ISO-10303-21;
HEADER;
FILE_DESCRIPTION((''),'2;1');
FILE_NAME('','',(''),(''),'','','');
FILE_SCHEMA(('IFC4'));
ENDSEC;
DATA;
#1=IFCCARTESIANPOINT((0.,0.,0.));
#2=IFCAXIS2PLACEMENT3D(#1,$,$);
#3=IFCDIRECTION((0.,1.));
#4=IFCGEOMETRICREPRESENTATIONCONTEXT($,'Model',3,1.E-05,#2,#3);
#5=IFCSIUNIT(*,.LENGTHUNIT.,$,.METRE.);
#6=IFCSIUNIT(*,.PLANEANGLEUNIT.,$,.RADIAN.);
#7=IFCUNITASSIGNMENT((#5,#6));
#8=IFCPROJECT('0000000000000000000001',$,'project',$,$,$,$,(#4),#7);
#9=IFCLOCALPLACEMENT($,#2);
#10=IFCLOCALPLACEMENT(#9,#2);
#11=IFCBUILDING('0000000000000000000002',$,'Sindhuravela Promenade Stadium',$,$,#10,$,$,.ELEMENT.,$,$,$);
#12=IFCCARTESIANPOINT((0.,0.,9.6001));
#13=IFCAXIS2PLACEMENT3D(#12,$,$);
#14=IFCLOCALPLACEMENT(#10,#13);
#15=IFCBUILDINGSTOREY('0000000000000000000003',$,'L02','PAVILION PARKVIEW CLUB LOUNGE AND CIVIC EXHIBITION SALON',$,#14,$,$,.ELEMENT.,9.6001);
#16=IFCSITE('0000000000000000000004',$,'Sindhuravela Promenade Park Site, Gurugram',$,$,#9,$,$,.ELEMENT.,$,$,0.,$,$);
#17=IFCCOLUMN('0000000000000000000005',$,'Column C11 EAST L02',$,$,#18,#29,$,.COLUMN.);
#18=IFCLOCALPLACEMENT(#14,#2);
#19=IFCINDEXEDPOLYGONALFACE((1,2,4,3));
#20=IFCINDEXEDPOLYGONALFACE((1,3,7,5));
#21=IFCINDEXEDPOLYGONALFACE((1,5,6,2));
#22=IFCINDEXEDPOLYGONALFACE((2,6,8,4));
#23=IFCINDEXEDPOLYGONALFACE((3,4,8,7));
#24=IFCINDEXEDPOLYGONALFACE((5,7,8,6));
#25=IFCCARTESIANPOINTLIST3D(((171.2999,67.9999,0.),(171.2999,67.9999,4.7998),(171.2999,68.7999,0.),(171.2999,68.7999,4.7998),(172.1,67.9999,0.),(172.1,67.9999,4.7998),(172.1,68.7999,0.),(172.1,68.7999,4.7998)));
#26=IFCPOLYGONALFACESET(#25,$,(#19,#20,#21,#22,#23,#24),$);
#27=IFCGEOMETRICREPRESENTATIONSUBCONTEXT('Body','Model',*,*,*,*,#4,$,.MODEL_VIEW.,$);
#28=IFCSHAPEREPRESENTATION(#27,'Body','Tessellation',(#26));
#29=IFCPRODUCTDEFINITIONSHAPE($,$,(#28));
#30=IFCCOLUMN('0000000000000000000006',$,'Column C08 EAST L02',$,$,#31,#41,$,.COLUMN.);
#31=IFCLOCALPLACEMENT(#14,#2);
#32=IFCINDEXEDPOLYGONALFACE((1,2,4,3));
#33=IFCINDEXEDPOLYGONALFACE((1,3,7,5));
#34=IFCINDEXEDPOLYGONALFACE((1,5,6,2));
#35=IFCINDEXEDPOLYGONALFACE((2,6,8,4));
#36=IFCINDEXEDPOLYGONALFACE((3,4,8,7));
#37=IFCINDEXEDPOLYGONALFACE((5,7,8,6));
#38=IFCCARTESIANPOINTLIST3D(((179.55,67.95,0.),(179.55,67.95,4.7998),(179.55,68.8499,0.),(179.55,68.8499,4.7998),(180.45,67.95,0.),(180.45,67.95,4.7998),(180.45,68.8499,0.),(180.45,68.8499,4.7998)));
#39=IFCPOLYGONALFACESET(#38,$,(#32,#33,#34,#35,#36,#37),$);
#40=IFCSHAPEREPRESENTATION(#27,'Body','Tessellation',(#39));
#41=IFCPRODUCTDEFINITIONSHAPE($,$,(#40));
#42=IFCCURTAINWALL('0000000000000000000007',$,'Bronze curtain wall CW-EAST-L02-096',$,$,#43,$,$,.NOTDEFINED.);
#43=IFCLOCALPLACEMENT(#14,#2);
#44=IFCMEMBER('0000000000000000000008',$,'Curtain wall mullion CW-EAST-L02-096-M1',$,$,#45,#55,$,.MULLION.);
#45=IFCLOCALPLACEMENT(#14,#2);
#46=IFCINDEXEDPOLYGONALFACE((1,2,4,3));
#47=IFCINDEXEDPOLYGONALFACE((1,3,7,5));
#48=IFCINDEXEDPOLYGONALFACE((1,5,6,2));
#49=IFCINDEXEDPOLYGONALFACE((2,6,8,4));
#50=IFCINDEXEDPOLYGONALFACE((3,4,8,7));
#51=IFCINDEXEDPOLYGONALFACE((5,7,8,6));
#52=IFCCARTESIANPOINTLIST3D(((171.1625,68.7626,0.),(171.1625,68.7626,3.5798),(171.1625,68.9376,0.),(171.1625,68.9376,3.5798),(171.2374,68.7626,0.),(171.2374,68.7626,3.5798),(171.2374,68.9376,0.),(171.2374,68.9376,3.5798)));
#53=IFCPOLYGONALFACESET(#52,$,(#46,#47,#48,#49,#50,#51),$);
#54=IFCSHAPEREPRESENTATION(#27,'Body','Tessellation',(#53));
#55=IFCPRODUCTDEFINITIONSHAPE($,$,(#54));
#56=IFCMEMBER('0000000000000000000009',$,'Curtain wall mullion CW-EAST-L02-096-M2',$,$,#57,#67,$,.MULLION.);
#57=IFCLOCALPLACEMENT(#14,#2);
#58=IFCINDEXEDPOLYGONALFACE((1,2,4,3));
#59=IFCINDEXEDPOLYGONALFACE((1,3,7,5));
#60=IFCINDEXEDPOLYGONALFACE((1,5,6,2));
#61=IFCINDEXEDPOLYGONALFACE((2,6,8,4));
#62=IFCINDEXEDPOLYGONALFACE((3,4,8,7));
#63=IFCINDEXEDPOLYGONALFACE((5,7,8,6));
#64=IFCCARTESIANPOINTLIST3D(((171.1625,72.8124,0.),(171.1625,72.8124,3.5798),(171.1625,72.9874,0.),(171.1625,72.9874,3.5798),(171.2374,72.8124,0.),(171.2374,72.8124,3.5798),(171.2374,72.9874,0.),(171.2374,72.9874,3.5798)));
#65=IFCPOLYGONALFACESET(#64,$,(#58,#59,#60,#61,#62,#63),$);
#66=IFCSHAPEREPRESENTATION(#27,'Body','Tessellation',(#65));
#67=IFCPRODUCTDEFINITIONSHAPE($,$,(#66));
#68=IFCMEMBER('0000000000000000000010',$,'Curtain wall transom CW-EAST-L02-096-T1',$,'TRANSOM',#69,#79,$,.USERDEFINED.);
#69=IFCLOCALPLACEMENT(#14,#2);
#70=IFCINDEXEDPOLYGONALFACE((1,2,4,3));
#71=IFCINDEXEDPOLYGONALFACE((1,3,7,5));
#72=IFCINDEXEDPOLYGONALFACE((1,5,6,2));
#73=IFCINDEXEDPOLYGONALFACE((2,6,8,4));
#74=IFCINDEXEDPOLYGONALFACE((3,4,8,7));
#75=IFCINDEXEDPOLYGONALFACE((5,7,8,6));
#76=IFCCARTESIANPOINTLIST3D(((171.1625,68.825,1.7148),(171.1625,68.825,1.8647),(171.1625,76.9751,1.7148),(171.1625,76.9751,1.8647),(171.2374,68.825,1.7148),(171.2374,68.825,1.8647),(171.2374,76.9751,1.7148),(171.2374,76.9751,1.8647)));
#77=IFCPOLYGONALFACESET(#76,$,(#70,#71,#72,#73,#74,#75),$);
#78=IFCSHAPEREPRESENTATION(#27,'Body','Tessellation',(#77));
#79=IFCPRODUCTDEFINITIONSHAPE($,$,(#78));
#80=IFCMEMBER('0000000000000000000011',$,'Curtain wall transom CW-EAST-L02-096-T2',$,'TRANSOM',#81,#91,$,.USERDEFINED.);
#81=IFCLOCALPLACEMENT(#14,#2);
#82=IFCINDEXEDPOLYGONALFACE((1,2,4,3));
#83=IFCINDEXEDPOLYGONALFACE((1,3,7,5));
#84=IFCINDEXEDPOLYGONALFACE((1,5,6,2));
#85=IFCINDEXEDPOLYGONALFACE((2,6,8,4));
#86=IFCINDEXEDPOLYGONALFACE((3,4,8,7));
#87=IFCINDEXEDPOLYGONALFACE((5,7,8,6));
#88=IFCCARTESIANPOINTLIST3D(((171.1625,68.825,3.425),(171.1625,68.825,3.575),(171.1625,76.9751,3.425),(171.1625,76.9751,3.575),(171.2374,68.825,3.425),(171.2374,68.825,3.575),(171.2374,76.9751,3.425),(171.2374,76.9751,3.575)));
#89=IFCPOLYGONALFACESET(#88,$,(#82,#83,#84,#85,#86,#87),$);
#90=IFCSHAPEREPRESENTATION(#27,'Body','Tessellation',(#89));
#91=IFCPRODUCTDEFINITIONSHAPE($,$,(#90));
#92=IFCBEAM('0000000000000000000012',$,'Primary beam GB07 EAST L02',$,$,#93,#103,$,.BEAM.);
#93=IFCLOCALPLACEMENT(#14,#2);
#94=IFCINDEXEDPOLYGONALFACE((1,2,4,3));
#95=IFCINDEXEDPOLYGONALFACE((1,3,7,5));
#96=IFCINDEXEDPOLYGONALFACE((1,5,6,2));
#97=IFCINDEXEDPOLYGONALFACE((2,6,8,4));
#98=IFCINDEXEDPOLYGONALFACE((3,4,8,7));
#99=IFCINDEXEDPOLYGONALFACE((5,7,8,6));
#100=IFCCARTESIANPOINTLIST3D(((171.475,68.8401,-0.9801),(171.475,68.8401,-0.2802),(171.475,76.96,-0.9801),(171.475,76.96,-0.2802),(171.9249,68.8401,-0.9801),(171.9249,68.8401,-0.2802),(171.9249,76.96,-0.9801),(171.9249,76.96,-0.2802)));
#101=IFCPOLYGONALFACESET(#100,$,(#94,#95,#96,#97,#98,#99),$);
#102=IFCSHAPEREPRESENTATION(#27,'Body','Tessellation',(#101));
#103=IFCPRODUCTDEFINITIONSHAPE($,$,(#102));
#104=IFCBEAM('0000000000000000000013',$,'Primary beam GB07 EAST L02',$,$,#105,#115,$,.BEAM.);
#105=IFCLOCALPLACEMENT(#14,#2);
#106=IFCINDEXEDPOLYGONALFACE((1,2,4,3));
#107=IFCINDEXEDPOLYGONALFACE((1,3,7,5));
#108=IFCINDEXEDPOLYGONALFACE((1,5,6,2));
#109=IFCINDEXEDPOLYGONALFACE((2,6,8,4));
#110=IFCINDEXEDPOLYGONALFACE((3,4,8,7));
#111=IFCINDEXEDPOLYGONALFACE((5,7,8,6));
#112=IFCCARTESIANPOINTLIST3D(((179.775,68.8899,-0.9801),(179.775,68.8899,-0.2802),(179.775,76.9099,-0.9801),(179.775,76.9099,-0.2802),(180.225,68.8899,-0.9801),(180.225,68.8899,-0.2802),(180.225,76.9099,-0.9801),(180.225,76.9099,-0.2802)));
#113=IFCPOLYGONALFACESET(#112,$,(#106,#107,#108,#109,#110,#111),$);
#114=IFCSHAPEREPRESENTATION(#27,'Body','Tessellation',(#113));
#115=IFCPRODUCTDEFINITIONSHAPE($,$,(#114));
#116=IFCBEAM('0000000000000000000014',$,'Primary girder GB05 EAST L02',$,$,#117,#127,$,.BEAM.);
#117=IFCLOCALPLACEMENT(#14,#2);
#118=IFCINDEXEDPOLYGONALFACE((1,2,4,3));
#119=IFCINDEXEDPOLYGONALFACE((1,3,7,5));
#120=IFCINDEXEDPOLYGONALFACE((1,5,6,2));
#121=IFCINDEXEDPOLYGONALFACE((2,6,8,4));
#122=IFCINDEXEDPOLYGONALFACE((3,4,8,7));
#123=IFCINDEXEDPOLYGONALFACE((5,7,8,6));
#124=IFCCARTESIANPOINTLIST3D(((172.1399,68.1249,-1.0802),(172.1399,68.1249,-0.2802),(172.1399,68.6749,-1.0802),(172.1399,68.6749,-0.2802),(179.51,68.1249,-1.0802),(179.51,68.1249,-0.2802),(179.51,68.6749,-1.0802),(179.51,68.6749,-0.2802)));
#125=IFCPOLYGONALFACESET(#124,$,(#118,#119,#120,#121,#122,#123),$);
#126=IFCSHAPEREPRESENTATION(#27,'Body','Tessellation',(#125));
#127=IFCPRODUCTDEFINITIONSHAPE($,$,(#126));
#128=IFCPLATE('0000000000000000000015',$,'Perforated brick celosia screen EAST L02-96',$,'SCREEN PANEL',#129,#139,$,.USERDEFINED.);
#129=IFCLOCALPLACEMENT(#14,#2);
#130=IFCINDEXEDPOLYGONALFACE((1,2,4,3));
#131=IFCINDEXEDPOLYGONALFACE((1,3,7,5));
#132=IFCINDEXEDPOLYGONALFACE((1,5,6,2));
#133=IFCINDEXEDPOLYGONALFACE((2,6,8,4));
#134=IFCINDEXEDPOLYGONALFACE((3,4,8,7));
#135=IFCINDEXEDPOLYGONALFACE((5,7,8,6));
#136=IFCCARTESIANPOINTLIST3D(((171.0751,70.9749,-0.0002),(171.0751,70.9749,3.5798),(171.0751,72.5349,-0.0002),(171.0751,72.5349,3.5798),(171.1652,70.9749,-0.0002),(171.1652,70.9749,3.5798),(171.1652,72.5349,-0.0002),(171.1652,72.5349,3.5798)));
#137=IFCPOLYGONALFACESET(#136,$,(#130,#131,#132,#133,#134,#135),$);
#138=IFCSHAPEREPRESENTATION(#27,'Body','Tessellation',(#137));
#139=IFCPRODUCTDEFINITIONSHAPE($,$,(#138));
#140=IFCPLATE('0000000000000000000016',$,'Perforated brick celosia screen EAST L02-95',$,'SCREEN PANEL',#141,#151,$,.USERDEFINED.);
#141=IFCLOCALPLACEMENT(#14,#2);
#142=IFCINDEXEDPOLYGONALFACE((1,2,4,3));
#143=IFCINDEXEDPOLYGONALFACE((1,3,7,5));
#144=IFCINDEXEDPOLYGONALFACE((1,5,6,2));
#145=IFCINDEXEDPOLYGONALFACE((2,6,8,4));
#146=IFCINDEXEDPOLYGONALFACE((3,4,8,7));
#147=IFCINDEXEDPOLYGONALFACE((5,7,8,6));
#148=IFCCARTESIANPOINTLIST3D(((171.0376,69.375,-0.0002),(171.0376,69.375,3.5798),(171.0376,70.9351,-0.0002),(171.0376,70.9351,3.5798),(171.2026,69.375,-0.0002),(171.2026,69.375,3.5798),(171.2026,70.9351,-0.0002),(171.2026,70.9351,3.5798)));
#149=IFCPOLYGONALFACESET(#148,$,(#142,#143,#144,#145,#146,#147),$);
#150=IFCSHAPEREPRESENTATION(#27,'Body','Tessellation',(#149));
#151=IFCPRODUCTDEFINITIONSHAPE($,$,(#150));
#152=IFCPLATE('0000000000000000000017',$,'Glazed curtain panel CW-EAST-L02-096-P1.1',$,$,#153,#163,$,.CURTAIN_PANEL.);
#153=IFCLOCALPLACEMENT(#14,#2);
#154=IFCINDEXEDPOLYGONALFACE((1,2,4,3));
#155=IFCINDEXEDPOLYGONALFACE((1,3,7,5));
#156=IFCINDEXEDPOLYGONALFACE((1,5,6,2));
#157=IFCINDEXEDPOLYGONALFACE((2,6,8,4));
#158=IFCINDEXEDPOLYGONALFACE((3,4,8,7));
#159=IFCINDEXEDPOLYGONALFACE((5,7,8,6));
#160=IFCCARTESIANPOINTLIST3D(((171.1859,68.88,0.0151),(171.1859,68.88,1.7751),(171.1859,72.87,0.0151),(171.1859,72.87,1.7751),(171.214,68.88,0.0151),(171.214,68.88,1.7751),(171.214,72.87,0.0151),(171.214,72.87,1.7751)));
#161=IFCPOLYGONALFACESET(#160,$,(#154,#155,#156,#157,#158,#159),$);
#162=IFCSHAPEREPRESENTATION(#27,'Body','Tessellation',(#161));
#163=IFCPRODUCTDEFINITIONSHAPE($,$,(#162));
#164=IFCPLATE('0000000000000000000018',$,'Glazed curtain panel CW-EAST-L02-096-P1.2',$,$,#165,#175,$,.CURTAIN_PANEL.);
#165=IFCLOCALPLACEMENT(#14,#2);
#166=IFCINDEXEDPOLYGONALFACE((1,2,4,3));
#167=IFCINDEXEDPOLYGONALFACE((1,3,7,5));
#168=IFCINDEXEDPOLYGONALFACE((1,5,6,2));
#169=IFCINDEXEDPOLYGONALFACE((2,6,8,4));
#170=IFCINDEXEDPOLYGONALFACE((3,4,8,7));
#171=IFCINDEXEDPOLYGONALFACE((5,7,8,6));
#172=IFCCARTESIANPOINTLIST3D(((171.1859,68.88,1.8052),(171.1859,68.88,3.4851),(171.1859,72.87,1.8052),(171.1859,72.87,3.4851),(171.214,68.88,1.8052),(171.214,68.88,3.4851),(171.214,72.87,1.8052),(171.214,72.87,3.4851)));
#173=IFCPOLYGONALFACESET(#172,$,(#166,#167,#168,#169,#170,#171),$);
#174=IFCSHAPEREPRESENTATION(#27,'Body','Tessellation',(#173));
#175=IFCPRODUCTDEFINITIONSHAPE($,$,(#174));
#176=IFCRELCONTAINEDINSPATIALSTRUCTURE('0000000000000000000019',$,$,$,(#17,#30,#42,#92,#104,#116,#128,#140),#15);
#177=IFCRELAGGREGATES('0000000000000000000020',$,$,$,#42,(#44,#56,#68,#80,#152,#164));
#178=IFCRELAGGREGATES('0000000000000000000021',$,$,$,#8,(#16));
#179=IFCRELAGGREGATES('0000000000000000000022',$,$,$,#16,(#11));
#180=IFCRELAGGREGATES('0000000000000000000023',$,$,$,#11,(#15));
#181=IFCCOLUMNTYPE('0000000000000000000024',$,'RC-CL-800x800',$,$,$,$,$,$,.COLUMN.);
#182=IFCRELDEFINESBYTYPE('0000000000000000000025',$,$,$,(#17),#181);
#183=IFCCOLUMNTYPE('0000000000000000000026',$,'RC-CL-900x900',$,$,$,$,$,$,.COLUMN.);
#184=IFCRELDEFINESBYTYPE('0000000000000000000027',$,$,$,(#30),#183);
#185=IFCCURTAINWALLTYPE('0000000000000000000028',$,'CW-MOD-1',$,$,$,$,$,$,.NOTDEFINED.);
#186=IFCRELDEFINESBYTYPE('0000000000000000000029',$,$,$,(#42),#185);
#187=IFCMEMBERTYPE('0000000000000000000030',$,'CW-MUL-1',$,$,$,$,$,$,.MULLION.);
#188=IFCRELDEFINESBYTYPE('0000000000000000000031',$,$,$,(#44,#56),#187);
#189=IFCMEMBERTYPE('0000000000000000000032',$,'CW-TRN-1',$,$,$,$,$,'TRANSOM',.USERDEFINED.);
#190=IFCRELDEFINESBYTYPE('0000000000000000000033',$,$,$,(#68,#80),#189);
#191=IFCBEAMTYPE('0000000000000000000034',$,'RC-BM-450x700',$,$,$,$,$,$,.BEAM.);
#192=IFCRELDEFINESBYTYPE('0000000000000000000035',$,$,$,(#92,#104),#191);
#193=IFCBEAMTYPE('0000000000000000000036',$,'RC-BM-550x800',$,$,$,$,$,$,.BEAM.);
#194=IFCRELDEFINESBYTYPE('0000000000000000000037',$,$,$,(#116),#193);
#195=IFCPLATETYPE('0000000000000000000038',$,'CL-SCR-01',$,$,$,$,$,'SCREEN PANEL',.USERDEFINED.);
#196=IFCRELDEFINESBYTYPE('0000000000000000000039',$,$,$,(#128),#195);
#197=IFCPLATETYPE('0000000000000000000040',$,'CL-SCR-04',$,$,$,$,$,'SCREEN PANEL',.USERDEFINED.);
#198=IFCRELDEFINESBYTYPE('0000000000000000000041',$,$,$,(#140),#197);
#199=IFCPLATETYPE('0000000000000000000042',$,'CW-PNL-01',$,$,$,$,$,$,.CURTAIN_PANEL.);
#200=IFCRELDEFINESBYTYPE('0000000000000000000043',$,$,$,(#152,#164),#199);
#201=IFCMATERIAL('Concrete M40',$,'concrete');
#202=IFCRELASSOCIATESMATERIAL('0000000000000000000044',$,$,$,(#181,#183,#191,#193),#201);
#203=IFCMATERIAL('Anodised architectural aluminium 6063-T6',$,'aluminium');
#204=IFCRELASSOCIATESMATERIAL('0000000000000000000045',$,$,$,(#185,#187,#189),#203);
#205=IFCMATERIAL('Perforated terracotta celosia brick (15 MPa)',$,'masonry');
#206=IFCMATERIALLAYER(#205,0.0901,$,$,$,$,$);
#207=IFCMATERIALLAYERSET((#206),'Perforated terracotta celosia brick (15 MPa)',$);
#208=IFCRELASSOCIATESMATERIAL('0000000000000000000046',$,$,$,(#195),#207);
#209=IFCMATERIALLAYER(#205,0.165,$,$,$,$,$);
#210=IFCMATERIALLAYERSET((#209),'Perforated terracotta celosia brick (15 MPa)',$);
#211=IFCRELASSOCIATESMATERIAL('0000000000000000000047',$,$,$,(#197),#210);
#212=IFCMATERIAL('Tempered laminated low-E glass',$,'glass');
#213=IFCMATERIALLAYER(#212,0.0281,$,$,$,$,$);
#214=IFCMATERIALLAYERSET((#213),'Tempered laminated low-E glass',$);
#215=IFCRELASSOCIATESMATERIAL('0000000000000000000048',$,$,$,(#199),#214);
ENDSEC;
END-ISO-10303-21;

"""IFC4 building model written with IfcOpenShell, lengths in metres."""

from ifc_helpers import new_model, si_unit, direction, frame, origin, origin_2d, place, context, subcontext, project, spatial, rectangle, extrude, material, layer, layer_set, material_profile, profile_set, type_object, element, aggregate, save


model = new_model("IFC4")

# Units and contexts
model_context = context("Model", 3, precision=1e-05, world=origin(), true_north=direction((0.0, 1.0)))
body_context = subcontext(model_context, "Body", "Model", "MODEL_VIEW")
ifc_project = project(units=[si_unit("LENGTHUNIT", "METRE"), si_unit("PLANEANGLEUNIT", "RADIAN")], contexts=[model_context])

# Site, building, storey
site_placement = place(None, origin())
site = spatial("IfcSite", under=ifc_project, at=site_placement, Name="Sindhuravela Promenade Park Site, Gurugram", CompositionType="ELEMENT", RefElevation=0.0)
building_placement = place(site_placement, origin())
building = spatial("IfcBuilding", under=site, at=building_placement, Name="Sindhuravela Promenade Stadium", CompositionType="ELEMENT")
storey_placement = place(building_placement, frame((0.0, 0.0, 9.6001)))
storey = spatial("IfcBuildingStorey", under=building, at=storey_placement, Name="L02", Description="PAVILION PARKVIEW CLUB LOUNGE AND CIVIC EXHIBITION SALON", CompositionType="ELEMENT", Elevation=9.6001)

# Columns
ifc_material_1 = material(Name="Concrete M40", Category="concrete")
ifc_material_profile_1 = material_profile(ifc_material_1, rectangle(XDim=0.8, YDim=0.8, at=origin_2d()), Name="RC 800x800")
ifc_profile_set_1 = profile_set([ifc_material_profile_1], Name="Concrete M40")
column_type_1 = type_object("IfcColumnType", Name="RC-CL-800x800", PredefinedType="COLUMN", material=ifc_profile_set_1)
column_1_placement = place(storey_placement, frame((171.7, 68.3999, 0.0), z_axis=(0.0, 0.0, 1.0), x_axis=(1.0, 0.0, 0.0)))
element("IfcColumn", 1, at=column_1_placement, inside=storey, type_object=column_type_1, Name="Column C11 EAST L02", PredefinedType="COLUMN", context=body_context, shape_type="SweptSolid", body=[
    extrude(rectangle(XDim=0.8, YDim=0.8, at=origin_2d()), origin(), (0.0, 0.0, 1.0), 4.7998),
])
ifc_material_profile_2 = material_profile(ifc_material_1, rectangle(XDim=0.8999, YDim=0.8999, at=origin_2d()), Name="RC 900x900")
ifc_profile_set_2 = profile_set([ifc_material_profile_2], Name="Concrete M40")
column_type_2 = type_object("IfcColumnType", Name="RC-CL-900x900", PredefinedType="COLUMN", material=ifc_profile_set_2)
column_2_placement = place(storey_placement, frame((180.0, 68.3999, 0.0), z_axis=(0.0, 0.0, 1.0), x_axis=(1.0, 0.0, 0.0)))
element("IfcColumn", 2, at=column_2_placement, inside=storey, type_object=column_type_2, Name="Column C08 EAST L02", PredefinedType="COLUMN", context=body_context, shape_type="SweptSolid", body=[
    extrude(rectangle(XDim=0.8999, YDim=0.8999, at=origin_2d()), origin(), (0.0, 0.0, 1.0), 4.7998),
])

# Curtain wall, members
ifc_material_2 = material(Name="Anodised architectural aluminium 6063-T6", Category="aluminium")
curtain_wall_type = type_object("IfcCurtainWallType", Name="CW-MOD-1", PredefinedType="NOTDEFINED", material=ifc_material_2)
curtain_wall_placement = place(storey_placement, origin())
curtain_wall = element("IfcCurtainWall", 3, at=curtain_wall_placement, inside=storey, type_object=curtain_wall_type, Name="Bronze curtain wall CW-EAST-L02-096", PredefinedType="NOTDEFINED")
ifc_material_profile_3 = material_profile(ifc_material_2, rectangle(XDim=0.075, YDim=0.175, at=origin_2d()), Name="ALU MULL 75x175")
ifc_profile_set_3 = profile_set([ifc_material_profile_3], Name="Anodised architectural aluminium 6063-T6")
member_type_1 = type_object("IfcMemberType", Name="CW-MUL-1", PredefinedType="MULLION", material=ifc_profile_set_3)
member_1_placement = place(storey_placement, frame((171.2, 68.8501, 0.0), z_axis=(0.0, 0.0, 1.0), x_axis=(1.0, 0.0, 0.0)))
member_1 = element("IfcMember", 4, at=member_1_placement, type_object=member_type_1, Name="Curtain wall mullion CW-EAST-L02-096-M1", PredefinedType="MULLION", context=body_context, shape_type="SweptSolid", body=[
    extrude(rectangle(XDim=0.075, YDim=0.175, at=origin_2d()), origin(), (0.0, 0.0, 1.0), 3.5798),
])
member_2_placement = place(storey_placement, frame((171.2, 72.8999, 0.0), z_axis=(0.0, 0.0, 1.0), x_axis=(1.0, 0.0, 0.0)))
member_2 = element("IfcMember", 5, at=member_2_placement, type_object=member_type_1, Name="Curtain wall mullion CW-EAST-L02-096-M2", PredefinedType="MULLION", context=body_context, shape_type="SweptSolid", body=[
    extrude(rectangle(XDim=0.075, YDim=0.175, at=origin_2d()), origin(), (0.0, 0.0, 1.0), 3.5798),
])
ifc_material_profile_4 = material_profile(ifc_material_2, rectangle(XDim=0.075, YDim=0.1499, at=origin_2d()), Name="ALU TRAN 75x150")
ifc_profile_set_4 = profile_set([ifc_material_profile_4], Name="Anodised architectural aluminium 6063-T6")
member_type_2 = type_object("IfcMemberType", Name="CW-TRN-1", ElementType="TRANSOM", PredefinedType="USERDEFINED", material=ifc_profile_set_4)
member_3_placement = place(storey_placement, frame((171.2, 68.825, 1.7898), z_axis=(0.0, 1.0, 0.0), x_axis=(-1.0, 0.0, 0.0)))
member_3 = element("IfcMember", 6, at=member_3_placement, type_object=member_type_2, Name="Curtain wall transom CW-EAST-L02-096-T1", ObjectType="TRANSOM", PredefinedType="USERDEFINED", context=body_context, shape_type="SweptSolid", body=[
    extrude(rectangle(XDim=0.075, YDim=0.1499, at=origin_2d()), origin(), (0.0, 0.0, 1.0), 8.1501),
])
member_4_placement = place(storey_placement, frame((171.2, 68.825, 3.5), z_axis=(0.0, 1.0, 0.0), x_axis=(-1.0, 0.0, 0.0)))
member_4 = element("IfcMember", 7, at=member_4_placement, type_object=member_type_2, Name="Curtain wall transom CW-EAST-L02-096-T2", ObjectType="TRANSOM", PredefinedType="USERDEFINED", context=body_context, shape_type="SweptSolid", body=[
    extrude(rectangle(XDim=0.075, YDim=0.1499, at=origin_2d()), origin(), (0.0, 0.0, 1.0), 8.1501),
])

# Beams
ifc_material_profile_5 = material_profile(ifc_material_1, rectangle(XDim=0.45, YDim=0.7, at=origin_2d()), Name="RC 450x700")
ifc_profile_set_5 = profile_set([ifc_material_profile_5], Name="Concrete M40")
beam_type_1 = type_object("IfcBeamType", Name="RC-BM-450x700", PredefinedType="BEAM", material=ifc_profile_set_5)
beam_1_placement = place(storey_placement, frame((171.7, 68.8401, -0.6301), z_axis=(0.0, 1.0, 0.0), x_axis=(-1.0, 0.0, 0.0)))
element("IfcBeam", 8, at=beam_1_placement, inside=storey, type_object=beam_type_1, Name="Primary beam GB07 EAST L02", PredefinedType="BEAM", context=body_context, shape_type="SweptSolid", body=[
    extrude(rectangle(XDim=0.45, YDim=0.7, at=origin_2d()), origin(), (0.0, 0.0, 1.0), 8.1199),
])
beam_2_placement = place(storey_placement, frame((180.0, 68.8899, -0.6301), z_axis=(0.0, 1.0, 0.0), x_axis=(-1.0, 0.0, 0.0)))
element("IfcBeam", 9, at=beam_2_placement, inside=storey, type_object=beam_type_1, Name="Primary beam GB07 EAST L02", PredefinedType="BEAM", context=body_context, shape_type="SweptSolid", body=[
    extrude(rectangle(XDim=0.45, YDim=0.7, at=origin_2d()), origin(), (0.0, 0.0, 1.0), 8.02),
])
ifc_material_profile_6 = material_profile(ifc_material_1, rectangle(XDim=0.55, YDim=0.8, at=origin_2d()), Name="RC 550x800")
ifc_profile_set_6 = profile_set([ifc_material_profile_6], Name="Concrete M40")
beam_type_2 = type_object("IfcBeamType", Name="RC-BM-550x800", PredefinedType="BEAM", material=ifc_profile_set_6)
beam_3_placement = place(storey_placement, frame((172.1399, 68.3999, -0.6802), z_axis=(1.0, 0.0, 0.0), x_axis=(0.0, 1.0, 0.0)))
element("IfcBeam", 10, at=beam_3_placement, inside=storey, type_object=beam_type_2, Name="Primary girder GB05 EAST L02", PredefinedType="BEAM", context=body_context, shape_type="SweptSolid", body=[
    extrude(rectangle(XDim=0.55, YDim=0.8, at=origin_2d()), origin(), (0.0, 0.0, 1.0), 7.3701),
])

# Plates
ifc_material_3 = material(Name="Perforated terracotta celosia brick (15 MPa)", Category="masonry")
ifc_layer_1 = layer(ifc_material_3, 0.0901)
ifc_layer_set_1 = layer_set([ifc_layer_1], Name="Perforated terracotta celosia brick (15 MPa)")
plate_type_1 = type_object("IfcPlateType", Name="CL-SCR-01", ElementType="SCREEN PANEL", PredefinedType="USERDEFINED", material=ifc_layer_set_1)
plate_1_placement = place(storey_placement, frame((171.1201, 71.7549, -0.0002), z_axis=(0.0, 0.0, 1.0), x_axis=(0.0, 1.0, 0.0)))
element("IfcPlate", 11, at=plate_1_placement, inside=storey, type_object=plate_type_1, Name="Perforated brick celosia screen EAST L02-96", ObjectType="SCREEN PANEL", PredefinedType="USERDEFINED", context=body_context, shape_type="SweptSolid", body=[
    extrude(rectangle(XDim=1.5601, YDim=0.0901, at=origin_2d()), origin(), (0.0, 0.0, 1.0), 3.5801),
])
ifc_layer_2 = layer(ifc_material_3, 0.165)
ifc_layer_set_2 = layer_set([ifc_layer_2], Name="Perforated terracotta celosia brick (15 MPa)")
plate_type_2 = type_object("IfcPlateType", Name="CL-SCR-04", ElementType="SCREEN PANEL", PredefinedType="USERDEFINED", material=ifc_layer_set_2)
plate_2_placement = place(storey_placement, frame((171.1201, 70.155, -0.0002), z_axis=(0.0, 0.0, 1.0), x_axis=(0.0, 1.0, 0.0)))
element("IfcPlate", 12, at=plate_2_placement, inside=storey, type_object=plate_type_2, Name="Perforated brick celosia screen EAST L02-95", ObjectType="SCREEN PANEL", PredefinedType="USERDEFINED", context=body_context, shape_type="SweptSolid", body=[
    extrude(rectangle(XDim=1.5601, YDim=0.165, at=origin_2d()), origin(), (0.0, 0.0, 1.0), 3.5801),
])

# Plates
ifc_material_4 = material(Name="Tempered laminated low-E glass", Category="glass")
ifc_layer_3 = layer(ifc_material_4, 0.0281)
ifc_layer_set_3 = layer_set([ifc_layer_3], Name="Tempered laminated low-E glass")
plate_type_3 = type_object("IfcPlateType", Name="CW-PNL-01", PredefinedType="CURTAIN_PANEL", material=ifc_layer_set_3)
plate_3_placement = place(storey_placement, frame((171.2, 70.875, 0.0151), z_axis=(0.0, 0.0, 1.0), x_axis=(0.0, 1.0, 0.0)))
plate_3 = element("IfcPlate", 13, at=plate_3_placement, type_object=plate_type_3, Name="Glazed curtain panel CW-EAST-L02-096-P1.1", PredefinedType="CURTAIN_PANEL", context=body_context, shape_type="SweptSolid", body=[
    extrude(rectangle(XDim=3.99, YDim=0.0281, at=origin_2d()), origin(), (0.0, 0.0, 1.0), 1.76),
])
plate_4_placement = place(storey_placement, frame((171.2, 70.875, 1.8052), z_axis=(0.0, 0.0, 1.0), x_axis=(0.0, 1.0, 0.0)))
plate_4 = element("IfcPlate", 14, at=plate_4_placement, type_object=plate_type_3, Name="Glazed curtain panel CW-EAST-L02-096-P1.2", PredefinedType="CURTAIN_PANEL", context=body_context, shape_type="SweptSolid", body=[
    extrude(rectangle(XDim=3.99, YDim=0.0281, at=origin_2d()), origin(), (0.0, 0.0, 1.0), 1.6799),
])
aggregate(curtain_wall, [member_1, member_2, member_3, member_4, plate_3, plate_4])

save(model, "model.ifc")
